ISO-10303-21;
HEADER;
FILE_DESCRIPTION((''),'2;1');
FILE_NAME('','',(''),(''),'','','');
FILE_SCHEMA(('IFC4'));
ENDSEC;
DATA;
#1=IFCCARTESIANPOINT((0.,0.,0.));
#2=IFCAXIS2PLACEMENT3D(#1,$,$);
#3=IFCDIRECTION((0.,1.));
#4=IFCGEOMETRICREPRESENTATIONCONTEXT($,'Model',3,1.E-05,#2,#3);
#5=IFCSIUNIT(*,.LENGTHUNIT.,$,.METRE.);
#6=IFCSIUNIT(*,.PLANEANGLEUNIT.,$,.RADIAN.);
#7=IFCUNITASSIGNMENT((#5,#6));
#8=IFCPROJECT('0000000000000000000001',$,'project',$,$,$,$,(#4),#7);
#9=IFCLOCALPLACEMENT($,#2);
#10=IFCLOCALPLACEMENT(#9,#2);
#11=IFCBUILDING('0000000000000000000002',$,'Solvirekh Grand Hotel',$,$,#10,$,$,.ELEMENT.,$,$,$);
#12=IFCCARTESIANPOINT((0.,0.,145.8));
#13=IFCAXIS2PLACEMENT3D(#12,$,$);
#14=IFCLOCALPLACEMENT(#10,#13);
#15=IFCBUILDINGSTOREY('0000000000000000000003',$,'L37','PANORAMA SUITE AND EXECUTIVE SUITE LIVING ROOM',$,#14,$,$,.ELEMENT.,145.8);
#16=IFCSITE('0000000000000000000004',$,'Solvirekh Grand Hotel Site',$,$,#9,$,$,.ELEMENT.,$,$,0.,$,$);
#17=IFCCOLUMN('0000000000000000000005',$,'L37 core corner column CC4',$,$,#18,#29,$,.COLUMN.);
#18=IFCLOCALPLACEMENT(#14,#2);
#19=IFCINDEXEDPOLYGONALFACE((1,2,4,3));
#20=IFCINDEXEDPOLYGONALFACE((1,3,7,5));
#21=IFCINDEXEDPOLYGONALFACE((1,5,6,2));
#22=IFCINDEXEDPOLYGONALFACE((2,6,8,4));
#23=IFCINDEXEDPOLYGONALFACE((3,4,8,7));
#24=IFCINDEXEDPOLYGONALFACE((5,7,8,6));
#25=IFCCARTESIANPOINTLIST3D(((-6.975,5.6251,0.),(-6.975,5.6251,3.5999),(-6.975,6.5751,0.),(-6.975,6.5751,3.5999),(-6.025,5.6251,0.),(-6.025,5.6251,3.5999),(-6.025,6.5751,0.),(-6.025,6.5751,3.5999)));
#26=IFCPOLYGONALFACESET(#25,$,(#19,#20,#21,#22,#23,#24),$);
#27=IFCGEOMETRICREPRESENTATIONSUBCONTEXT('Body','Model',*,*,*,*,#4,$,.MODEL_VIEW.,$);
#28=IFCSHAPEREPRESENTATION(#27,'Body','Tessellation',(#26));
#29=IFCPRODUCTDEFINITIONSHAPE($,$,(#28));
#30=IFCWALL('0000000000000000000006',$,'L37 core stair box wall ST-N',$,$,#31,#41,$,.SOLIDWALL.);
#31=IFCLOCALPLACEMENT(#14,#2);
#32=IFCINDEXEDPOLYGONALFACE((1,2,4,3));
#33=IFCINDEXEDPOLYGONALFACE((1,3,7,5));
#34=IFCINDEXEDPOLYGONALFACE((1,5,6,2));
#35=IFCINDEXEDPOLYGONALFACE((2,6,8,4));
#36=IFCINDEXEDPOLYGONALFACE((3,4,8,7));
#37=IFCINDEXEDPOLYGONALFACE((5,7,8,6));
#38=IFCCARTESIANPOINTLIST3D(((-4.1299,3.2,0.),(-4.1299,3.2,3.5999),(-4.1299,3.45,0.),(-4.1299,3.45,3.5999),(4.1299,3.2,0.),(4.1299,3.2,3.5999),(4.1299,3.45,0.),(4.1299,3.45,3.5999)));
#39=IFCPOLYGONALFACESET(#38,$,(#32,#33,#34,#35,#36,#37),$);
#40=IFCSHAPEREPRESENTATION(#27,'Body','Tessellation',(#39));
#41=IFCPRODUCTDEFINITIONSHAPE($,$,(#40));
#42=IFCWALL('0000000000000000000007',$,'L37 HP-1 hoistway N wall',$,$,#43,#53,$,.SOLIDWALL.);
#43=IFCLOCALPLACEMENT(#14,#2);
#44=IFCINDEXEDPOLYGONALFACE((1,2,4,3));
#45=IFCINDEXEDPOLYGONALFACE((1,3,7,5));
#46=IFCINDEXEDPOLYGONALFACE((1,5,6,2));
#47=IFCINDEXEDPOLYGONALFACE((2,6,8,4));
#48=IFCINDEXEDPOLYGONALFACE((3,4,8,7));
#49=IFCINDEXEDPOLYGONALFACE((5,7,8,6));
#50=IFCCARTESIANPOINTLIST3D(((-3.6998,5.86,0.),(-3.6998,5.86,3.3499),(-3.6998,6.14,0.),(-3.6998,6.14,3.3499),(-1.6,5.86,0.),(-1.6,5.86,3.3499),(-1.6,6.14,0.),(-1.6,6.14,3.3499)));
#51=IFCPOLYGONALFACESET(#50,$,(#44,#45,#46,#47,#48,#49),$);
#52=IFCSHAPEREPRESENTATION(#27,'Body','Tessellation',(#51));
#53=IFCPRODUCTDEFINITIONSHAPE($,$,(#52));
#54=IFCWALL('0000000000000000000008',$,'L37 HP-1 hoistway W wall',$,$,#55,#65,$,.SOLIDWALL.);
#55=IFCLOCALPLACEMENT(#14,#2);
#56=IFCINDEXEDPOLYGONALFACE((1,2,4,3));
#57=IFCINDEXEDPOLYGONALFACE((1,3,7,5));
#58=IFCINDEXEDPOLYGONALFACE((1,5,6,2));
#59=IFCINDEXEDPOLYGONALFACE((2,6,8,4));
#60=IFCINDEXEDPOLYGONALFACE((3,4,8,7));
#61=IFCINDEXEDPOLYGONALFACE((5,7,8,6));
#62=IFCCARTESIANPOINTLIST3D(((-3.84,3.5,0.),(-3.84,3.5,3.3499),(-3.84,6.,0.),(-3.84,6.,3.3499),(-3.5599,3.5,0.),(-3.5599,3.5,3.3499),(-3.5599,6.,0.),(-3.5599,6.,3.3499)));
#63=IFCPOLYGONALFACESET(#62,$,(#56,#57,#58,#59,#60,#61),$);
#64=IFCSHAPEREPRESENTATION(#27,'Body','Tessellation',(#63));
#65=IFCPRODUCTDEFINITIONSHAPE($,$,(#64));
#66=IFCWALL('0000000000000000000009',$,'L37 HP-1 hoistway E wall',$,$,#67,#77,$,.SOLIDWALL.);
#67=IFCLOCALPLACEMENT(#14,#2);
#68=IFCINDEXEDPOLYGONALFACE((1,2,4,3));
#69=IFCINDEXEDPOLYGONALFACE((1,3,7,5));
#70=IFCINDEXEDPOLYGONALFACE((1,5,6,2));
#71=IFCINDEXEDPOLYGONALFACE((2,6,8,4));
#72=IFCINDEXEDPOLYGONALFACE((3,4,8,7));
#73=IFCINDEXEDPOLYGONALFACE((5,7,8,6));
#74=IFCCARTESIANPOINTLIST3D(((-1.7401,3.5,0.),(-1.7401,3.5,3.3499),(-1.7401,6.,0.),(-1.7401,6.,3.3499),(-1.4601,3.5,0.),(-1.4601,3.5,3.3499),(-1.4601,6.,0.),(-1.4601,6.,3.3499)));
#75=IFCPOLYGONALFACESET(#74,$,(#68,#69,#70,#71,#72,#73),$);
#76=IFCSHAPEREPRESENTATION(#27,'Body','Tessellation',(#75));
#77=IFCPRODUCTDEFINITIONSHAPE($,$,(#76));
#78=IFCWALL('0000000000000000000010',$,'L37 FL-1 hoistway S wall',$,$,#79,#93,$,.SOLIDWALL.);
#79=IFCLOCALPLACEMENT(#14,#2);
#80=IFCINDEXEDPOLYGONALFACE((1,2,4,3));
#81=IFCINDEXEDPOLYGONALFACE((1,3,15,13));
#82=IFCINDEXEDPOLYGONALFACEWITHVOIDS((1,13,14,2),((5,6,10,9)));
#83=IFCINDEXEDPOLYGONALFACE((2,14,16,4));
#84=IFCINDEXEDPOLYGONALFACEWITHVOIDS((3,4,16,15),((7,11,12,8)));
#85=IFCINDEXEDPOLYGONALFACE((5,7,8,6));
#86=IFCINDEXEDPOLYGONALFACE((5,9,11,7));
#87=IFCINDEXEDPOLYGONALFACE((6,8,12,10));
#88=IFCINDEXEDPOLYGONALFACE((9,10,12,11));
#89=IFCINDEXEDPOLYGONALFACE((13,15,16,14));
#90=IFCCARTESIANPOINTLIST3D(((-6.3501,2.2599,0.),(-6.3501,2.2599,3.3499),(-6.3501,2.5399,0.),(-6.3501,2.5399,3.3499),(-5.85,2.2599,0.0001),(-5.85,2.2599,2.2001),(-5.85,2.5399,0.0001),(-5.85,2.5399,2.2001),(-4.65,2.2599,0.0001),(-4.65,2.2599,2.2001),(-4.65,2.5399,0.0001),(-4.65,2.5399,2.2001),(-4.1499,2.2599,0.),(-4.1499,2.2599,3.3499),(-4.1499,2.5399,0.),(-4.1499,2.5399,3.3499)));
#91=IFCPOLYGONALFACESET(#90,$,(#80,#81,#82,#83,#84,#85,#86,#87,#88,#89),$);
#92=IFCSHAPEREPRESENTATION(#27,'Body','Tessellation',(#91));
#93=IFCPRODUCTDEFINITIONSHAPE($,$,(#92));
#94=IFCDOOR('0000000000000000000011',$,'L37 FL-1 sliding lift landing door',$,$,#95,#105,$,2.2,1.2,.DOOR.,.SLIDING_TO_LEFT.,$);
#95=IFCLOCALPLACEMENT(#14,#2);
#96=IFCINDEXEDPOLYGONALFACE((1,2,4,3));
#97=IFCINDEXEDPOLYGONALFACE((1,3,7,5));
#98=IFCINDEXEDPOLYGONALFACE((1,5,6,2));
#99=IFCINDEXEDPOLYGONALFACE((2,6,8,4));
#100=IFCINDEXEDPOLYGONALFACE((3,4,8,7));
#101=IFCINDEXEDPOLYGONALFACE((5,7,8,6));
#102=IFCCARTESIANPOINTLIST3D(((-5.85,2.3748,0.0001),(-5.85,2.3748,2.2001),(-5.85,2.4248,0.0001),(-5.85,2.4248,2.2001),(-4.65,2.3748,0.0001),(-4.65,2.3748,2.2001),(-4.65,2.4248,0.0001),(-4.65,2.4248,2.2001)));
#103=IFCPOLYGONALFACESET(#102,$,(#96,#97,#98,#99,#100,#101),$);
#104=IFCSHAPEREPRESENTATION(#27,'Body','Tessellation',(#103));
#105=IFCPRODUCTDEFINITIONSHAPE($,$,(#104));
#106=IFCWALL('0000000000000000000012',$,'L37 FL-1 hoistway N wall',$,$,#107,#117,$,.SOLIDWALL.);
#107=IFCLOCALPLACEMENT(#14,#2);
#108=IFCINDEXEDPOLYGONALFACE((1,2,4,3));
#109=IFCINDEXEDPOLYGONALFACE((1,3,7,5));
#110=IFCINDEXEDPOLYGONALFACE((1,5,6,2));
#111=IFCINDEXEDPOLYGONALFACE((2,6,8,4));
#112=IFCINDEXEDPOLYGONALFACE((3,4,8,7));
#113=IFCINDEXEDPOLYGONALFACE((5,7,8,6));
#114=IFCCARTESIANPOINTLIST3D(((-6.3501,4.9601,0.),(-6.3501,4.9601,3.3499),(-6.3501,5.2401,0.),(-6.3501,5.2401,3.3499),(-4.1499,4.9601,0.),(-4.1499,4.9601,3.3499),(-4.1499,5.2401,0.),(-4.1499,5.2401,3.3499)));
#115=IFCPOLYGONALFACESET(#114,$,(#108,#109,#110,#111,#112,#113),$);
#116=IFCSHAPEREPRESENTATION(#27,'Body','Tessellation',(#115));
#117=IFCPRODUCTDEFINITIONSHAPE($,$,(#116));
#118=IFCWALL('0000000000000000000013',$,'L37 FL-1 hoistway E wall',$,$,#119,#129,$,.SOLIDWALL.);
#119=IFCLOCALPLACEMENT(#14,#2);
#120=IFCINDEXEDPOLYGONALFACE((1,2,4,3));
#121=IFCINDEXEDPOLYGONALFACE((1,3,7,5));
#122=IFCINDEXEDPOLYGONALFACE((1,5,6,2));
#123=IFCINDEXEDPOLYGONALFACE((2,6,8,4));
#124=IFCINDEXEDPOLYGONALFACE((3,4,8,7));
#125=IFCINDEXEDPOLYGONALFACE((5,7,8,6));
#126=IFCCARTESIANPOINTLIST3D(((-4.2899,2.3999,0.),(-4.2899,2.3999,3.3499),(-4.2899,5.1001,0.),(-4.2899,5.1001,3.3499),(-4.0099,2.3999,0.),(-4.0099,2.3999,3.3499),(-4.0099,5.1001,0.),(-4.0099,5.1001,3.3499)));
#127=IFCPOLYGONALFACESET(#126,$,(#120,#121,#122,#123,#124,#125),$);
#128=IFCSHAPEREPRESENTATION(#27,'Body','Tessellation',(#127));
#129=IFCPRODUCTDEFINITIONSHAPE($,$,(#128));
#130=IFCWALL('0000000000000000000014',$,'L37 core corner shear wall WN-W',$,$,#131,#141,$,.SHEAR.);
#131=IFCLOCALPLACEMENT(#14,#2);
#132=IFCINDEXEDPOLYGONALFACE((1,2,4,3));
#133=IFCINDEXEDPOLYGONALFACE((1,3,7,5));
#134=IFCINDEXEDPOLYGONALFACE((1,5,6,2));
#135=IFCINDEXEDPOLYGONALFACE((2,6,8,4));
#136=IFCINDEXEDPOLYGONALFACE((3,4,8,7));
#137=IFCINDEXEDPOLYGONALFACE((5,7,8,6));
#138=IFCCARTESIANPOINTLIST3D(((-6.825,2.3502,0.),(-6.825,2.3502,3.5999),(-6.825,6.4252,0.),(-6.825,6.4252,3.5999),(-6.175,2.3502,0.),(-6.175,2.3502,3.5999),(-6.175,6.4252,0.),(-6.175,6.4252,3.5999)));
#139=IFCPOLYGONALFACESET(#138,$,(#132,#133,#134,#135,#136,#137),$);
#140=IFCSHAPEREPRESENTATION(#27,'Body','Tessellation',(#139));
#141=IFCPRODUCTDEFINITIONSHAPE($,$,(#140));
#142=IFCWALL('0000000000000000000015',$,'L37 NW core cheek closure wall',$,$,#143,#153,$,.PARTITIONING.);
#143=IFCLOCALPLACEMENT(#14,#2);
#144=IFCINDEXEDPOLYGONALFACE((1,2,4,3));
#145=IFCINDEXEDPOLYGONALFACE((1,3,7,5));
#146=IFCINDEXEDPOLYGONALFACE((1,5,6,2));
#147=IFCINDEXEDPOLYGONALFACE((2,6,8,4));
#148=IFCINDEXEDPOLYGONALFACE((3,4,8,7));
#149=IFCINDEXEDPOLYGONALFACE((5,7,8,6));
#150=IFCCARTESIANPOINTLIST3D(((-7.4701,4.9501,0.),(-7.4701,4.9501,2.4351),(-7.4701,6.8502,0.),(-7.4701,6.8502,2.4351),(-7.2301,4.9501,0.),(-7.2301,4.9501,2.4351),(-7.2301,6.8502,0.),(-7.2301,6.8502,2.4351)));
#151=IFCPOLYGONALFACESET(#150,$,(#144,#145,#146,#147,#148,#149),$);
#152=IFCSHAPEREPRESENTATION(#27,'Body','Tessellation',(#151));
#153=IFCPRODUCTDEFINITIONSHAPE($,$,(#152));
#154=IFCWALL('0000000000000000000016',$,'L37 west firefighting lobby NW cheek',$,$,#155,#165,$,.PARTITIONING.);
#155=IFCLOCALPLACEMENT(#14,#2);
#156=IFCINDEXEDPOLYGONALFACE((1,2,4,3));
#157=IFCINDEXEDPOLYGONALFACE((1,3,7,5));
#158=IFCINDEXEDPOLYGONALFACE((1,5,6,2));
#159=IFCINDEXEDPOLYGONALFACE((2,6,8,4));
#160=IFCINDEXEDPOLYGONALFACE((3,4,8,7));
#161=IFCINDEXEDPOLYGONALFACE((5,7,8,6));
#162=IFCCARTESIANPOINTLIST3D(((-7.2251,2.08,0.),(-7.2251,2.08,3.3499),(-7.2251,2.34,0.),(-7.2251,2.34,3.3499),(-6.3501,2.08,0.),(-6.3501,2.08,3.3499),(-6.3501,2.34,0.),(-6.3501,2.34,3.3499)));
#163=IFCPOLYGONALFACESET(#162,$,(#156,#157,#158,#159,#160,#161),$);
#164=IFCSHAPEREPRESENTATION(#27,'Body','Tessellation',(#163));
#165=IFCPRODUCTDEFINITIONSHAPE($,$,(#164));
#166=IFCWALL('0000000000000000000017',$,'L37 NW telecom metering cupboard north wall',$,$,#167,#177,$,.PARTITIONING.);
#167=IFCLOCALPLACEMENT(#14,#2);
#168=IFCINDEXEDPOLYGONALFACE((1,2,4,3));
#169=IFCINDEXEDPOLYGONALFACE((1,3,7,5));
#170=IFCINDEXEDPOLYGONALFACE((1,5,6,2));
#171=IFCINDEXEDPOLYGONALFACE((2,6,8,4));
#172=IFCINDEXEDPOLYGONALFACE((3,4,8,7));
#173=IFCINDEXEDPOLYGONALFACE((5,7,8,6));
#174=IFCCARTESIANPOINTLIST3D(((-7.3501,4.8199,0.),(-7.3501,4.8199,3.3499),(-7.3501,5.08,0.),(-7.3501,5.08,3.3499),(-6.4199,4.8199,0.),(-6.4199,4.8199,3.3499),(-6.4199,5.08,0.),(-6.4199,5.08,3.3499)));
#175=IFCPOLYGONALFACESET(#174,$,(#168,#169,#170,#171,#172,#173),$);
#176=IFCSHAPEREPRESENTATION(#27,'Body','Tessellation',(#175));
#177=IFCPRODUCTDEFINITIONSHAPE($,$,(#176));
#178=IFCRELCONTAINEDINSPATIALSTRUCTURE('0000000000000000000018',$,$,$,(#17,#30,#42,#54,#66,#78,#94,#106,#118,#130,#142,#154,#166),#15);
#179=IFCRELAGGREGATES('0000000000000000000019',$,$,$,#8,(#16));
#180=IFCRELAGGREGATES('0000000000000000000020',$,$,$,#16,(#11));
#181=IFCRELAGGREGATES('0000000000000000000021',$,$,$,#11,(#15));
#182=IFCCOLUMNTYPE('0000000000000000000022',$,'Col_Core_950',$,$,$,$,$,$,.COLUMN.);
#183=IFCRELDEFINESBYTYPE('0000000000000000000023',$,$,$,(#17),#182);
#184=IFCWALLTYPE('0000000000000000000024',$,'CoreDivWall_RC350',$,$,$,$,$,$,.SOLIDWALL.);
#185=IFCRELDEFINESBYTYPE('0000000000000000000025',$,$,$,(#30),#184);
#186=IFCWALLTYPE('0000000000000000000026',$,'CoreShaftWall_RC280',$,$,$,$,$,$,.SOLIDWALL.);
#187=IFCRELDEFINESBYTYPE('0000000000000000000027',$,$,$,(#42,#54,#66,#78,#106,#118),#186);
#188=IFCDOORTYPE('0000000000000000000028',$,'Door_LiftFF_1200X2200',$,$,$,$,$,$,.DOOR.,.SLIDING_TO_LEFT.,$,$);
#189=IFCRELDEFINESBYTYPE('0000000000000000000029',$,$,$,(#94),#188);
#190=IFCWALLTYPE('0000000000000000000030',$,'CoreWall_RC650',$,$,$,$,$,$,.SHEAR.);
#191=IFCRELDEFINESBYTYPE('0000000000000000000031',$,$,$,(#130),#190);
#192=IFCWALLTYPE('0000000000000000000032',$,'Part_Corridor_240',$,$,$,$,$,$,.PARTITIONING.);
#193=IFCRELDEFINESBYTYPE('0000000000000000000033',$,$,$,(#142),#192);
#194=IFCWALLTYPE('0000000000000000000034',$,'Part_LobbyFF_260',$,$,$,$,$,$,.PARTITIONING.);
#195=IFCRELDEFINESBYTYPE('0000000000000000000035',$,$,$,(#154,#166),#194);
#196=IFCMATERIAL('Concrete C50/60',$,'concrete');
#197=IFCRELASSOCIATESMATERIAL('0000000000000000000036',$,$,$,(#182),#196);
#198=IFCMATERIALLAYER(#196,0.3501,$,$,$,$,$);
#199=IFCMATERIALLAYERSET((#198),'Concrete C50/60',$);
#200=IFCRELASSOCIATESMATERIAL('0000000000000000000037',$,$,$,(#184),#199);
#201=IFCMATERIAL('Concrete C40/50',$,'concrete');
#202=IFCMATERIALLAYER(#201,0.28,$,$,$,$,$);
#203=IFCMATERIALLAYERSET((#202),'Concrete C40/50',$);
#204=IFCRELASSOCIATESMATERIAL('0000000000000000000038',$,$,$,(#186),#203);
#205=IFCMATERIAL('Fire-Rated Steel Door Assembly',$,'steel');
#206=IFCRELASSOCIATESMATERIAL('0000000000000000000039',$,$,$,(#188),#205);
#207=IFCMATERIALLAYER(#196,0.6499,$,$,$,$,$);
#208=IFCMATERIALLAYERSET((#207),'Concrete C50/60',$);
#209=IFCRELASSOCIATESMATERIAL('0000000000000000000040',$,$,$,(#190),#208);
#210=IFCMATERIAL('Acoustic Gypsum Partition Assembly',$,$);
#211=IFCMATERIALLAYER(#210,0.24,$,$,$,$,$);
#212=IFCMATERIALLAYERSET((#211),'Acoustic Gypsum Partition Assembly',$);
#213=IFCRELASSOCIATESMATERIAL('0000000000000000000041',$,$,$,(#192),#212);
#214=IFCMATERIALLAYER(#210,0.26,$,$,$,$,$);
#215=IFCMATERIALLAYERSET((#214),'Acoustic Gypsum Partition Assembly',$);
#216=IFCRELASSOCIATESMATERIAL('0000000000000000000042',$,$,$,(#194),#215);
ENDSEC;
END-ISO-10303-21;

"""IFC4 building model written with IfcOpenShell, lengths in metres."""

from ifc_helpers import new_model, si_unit, direction, frame, frame_2d, origin, origin_2d, place, context, subcontext, project, spatial, rectangle, extrude, material, layer, layer_set, material_profile, profile_set, type_object, element, fill, save


model = new_model("IFC4")

# Units and contexts
model_context = context("Model", 3, precision=1e-05, world=origin(), true_north=direction((0.0, 1.0)))
body_context = subcontext(model_context, "Body", "Model", "MODEL_VIEW")
ifc_project = project(units=[si_unit("LENGTHUNIT", "METRE"), si_unit("PLANEANGLEUNIT", "RADIAN")], contexts=[model_context])

# Site, building, storey
site_placement = place(None, origin())
site = spatial("IfcSite", under=ifc_project, at=site_placement, Name="Solvirekh Grand Hotel Site", CompositionType="ELEMENT", RefElevation=0.0)
building_placement = place(site_placement, origin())
building = spatial("IfcBuilding", under=site, at=building_placement, Name="Solvirekh Grand Hotel", CompositionType="ELEMENT")
storey_placement = place(building_placement, frame((0.0, 0.0, 145.8)))
storey = spatial("IfcBuildingStorey", under=building, at=storey_placement, Name="L37", Description="PANORAMA SUITE AND EXECUTIVE SUITE LIVING ROOM", CompositionType="ELEMENT", Elevation=145.8)

# Column
ifc_material_1 = material(Name="Concrete C50/60", Category="concrete")
ifc_material_profile = material_profile(ifc_material_1, rectangle(XDim=0.95, YDim=0.95, at=origin_2d()), Name="RC 950X950")
ifc_profile_set = profile_set([ifc_material_profile], Name="Concrete C50/60")
column_type = type_object("IfcColumnType", Name="Col_Core_950", PredefinedType="COLUMN", material=ifc_profile_set)
column_placement = place(storey_placement, frame((-6.5, 6.1001, 0.0), z_axis=(0.0, 0.0, 1.0), x_axis=(1.0, 0.0, 0.0)))
element("IfcColumn", 1, at=column_placement, inside=storey, type_object=column_type, Name="L37 core corner column CC4", PredefinedType="COLUMN", context=body_context, shape_type="SweptSolid", body=[
    extrude(rectangle(XDim=0.95, YDim=0.95, at=origin_2d()), origin(), (0.0, 0.0, 1.0), 3.5999),
])

# Walls
ifc_layer_1 = layer(ifc_material_1, 0.3501)
ifc_layer_set_1 = layer_set([ifc_layer_1], Name="Concrete C50/60")
wall_type_1 = type_object("IfcWallType", Name="CoreDivWall_RC350", PredefinedType="SOLIDWALL", material=ifc_layer_set_1)
wall_1_placement = place(storey_placement, frame((-4.1299, 3.325, 0.0), z_axis=(0.0, 0.0, 1.0), x_axis=(1.0, 0.0, 0.0)))
element("IfcWall", 2, at=wall_1_placement, inside=storey, type_object=wall_type_1, Name="L37 core stair box wall ST-N", PredefinedType="SOLIDWALL", context=body_context, shape_type="SweptSolid", body=[
    extrude(rectangle(XDim=8.2598, YDim=0.25, at=frame_2d((4.1299, 0.0))), origin(), (0.0, 0.0, 1.0), 3.5999),
])
ifc_material_2 = material(Name="Concrete C40/50", Category="concrete")
ifc_layer_2 = layer(ifc_material_2, 0.28)
ifc_layer_set_2 = layer_set([ifc_layer_2], Name="Concrete C40/50")
wall_type_2 = type_object("IfcWallType", Name="CoreShaftWall_RC280", PredefinedType="SOLIDWALL", material=ifc_layer_set_2)
wall_2_placement = place(storey_placement, frame((-1.6001, 6.0, 0.0), z_axis=(0.0, 0.0, 1.0), x_axis=(-1.0, 0.0, 0.0)))
element("IfcWall", 3, at=wall_2_placement, inside=storey, type_object=wall_type_2, Name="L37 HP-1 hoistway N wall", PredefinedType="SOLIDWALL", context=body_context, shape_type="SweptSolid", body=[
    extrude(rectangle(XDim=2.0999, YDim=0.28, at=frame_2d((1.0498, 0.0))), origin(), (0.0, 0.0, 1.0), 3.3499),
])
for number, where, z_axis, x_axis, name in (
    (4, (-3.7, 6.0, 0.0), (0.0, 0.0, 1.0), (0.0, -1.0, 0.0), "L37 HP-1 hoistway W wall"),
    (5, (-1.6001, 3.5, 0.0), (0.0, 0.0, 1.0), (0.0, 1.0, 0.0), "L37 HP-1 hoistway E wall"),
):
    element("IfcWall", number, at=place(storey_placement, frame(where, z_axis=z_axis, x_axis=x_axis)), inside=storey, type_object=wall_type_2, Name=name, PredefinedType="SOLIDWALL", context=body_context, shape_type="SweptSolid", body=[
        extrude(rectangle(XDim=2.5, YDim=0.28, at=frame_2d((1.25, 0.0))), origin(), (0.0, 0.0, 1.0), 3.3499),
    ])

# Wall, opening, door
wall_3_placement = place(storey_placement, frame((-6.3501, 2.3999, 0.0), z_axis=(0.0, 0.0, 1.0), x_axis=(1.0, 0.0, 0.0)))
wall_3 = element("IfcWall", 6, at=wall_3_placement, inside=storey, type_object=wall_type_2, Name="L37 FL-1 hoistway S wall", PredefinedType="SOLIDWALL", context=body_context, shape_type="SweptSolid", body=[
    extrude(rectangle(XDim=2.2002, YDim=0.28, at=frame_2d((1.1001, 0.0))), origin(), (0.0, 0.0, 1.0), 3.3499),
])
opening_placement = place(wall_3_placement, frame((0.5, 0.0, 0.0)))
opening = element("IfcOpeningElement", 7, at=opening_placement, cuts=wall_3, PredefinedType="OPENING", context=body_context, shape_type="SweptSolid", body=[
    extrude(rectangle(XDim=1.2, YDim=2.2, at=frame_2d((0.6001, 1.1001))), frame((0.0, 0.1499, 0.0), z_axis=(0.0, -1.0, 0.0), x_axis=(1.0, 0.0, 0.0)), (0.0, 0.0, 1.0), 0.3),
])
ifc_material_3 = material(Name="Fire-Rated Steel Door Assembly", Category="steel")
door_type = type_object("IfcDoorType", Name="Door_LiftFF_1200X2200", OperationType="SLIDING_TO_LEFT", PredefinedType="DOOR", material=ifc_material_3)
door_placement = place(opening_placement, origin())
door = element("IfcDoor", 8, at=door_placement, inside=storey, type_object=door_type, Name="L37 FL-1 sliding lift landing door", OperationType="SLIDING_TO_LEFT", OverallHeight=2.2, OverallWidth=1.2, PredefinedType="DOOR", context=body_context, shape_type="SweptSolid", body=[
    extrude(rectangle(XDim=1.2, YDim=2.2, at=frame_2d((0.6001, 1.1001))), frame((0.0, 0.0249, 0.0), z_axis=(0.0, -1.0, 0.0), x_axis=(1.0, 0.0, 0.0)), (0.0, 0.0, 1.0), 0.05),
])
fill(opening, door)

# Walls
wall_4_placement = place(storey_placement, frame((-4.1499, 5.1001, 0.0), z_axis=(0.0, 0.0, 1.0), x_axis=(-1.0, 0.0, 0.0)))
element("IfcWall", 9, at=wall_4_placement, inside=storey, type_object=wall_type_2, Name="L37 FL-1 hoistway N wall", PredefinedType="SOLIDWALL", context=body_context, shape_type="SweptSolid", body=[
    extrude(rectangle(XDim=2.2002, YDim=0.28, at=frame_2d((1.1001, 0.0))), origin(), (0.0, 0.0, 1.0), 3.3499),
])
wall_5_placement = place(storey_placement, frame((-4.1499, 2.3999, 0.0), z_axis=(0.0, 0.0, 1.0), x_axis=(0.0, 1.0, 0.0)))
element("IfcWall", 10, at=wall_5_placement, inside=storey, type_object=wall_type_2, Name="L37 FL-1 hoistway E wall", PredefinedType="SOLIDWALL", context=body_context, shape_type="SweptSolid", body=[
    extrude(rectangle(XDim=2.7002, YDim=0.28, at=frame_2d((1.3501, 0.0))), origin(), (0.0, 0.0, 1.0), 3.3499),
])
ifc_layer_3 = layer(ifc_material_1, 0.6499)
ifc_layer_set_3 = layer_set([ifc_layer_3], Name="Concrete C50/60")
wall_type_3 = type_object("IfcWallType", Name="CoreWall_RC650", PredefinedType="SHEAR", material=ifc_layer_set_3)
wall_6_placement = place(storey_placement, frame((-6.5, 2.3501, 0.0), z_axis=(0.0, 0.0, 1.0), x_axis=(0.0, 1.0, 0.0)))
element("IfcWall", 11, at=wall_6_placement, inside=storey, type_object=wall_type_3, Name="L37 core corner shear wall WN-W", PredefinedType="SHEAR", context=body_context, shape_type="SweptSolid", body=[
    extrude(rectangle(XDim=4.075, YDim=0.6499, at=frame_2d((2.0376, 0.0))), origin(), (0.0, 0.0, 1.0), 3.5999),
])
ifc_material_4 = material(Name="Acoustic Gypsum Partition Assembly")
ifc_layer_4 = layer(ifc_material_4, 0.24)
ifc_layer_set_4 = layer_set([ifc_layer_4], Name="Acoustic Gypsum Partition Assembly")
wall_type_4 = type_object("IfcWallType", Name="Part_Corridor_240", PredefinedType="PARTITIONING", material=ifc_layer_set_4)
wall_7_placement = place(storey_placement, frame((-7.3501, 4.95, 0.0), z_axis=(0.0, 0.0, 1.0), x_axis=(0.0, 1.0, 0.0)))
element("IfcWall", 12, at=wall_7_placement, inside=storey, type_object=wall_type_4, Name="L37 NW core cheek closure wall", PredefinedType="PARTITIONING", context=body_context, shape_type="SweptSolid", body=[
    extrude(rectangle(XDim=1.9001, YDim=0.24, at=frame_2d((0.9502, 0.0))), origin(), (0.0, 0.0, 1.0), 2.4351),
])
ifc_layer_5 = layer(ifc_material_4, 0.26)
ifc_layer_set_5 = layer_set([ifc_layer_5], Name="Acoustic Gypsum Partition Assembly")
wall_type_5 = type_object("IfcWallType", Name="Part_LobbyFF_260", PredefinedType="PARTITIONING", material=ifc_layer_set_5)
wall_8_placement = place(storey_placement, frame((-7.2251, 2.21, 0.0), z_axis=(0.0, 0.0, 1.0), x_axis=(1.0, 0.0, 0.0)))
element("IfcWall", 13, at=wall_8_placement, inside=storey, type_object=wall_type_5, Name="L37 west firefighting lobby NW cheek", PredefinedType="PARTITIONING", context=body_context, shape_type="SweptSolid", body=[
    extrude(rectangle(XDim=0.875, YDim=0.26, at=frame_2d((0.4375, 0.0))), origin(), (0.0, 0.0, 1.0), 3.3499),
])
wall_9_placement = place(storey_placement, frame((-7.3501, 4.95, 0.0), z_axis=(0.0, 0.0, 1.0), x_axis=(1.0, 0.0, 0.0)))
element("IfcWall", 14, at=wall_9_placement, inside=storey, type_object=wall_type_5, Name="L37 NW telecom metering cupboard north wall", PredefinedType="PARTITIONING", context=body_context, shape_type="SweptSolid", body=[
    extrude(rectangle(XDim=0.9302, YDim=0.26, at=frame_2d((0.4651, 0.0))), origin(), (0.0, 0.0, 1.0), 3.3499),
])

save(model, "model.ifc")
